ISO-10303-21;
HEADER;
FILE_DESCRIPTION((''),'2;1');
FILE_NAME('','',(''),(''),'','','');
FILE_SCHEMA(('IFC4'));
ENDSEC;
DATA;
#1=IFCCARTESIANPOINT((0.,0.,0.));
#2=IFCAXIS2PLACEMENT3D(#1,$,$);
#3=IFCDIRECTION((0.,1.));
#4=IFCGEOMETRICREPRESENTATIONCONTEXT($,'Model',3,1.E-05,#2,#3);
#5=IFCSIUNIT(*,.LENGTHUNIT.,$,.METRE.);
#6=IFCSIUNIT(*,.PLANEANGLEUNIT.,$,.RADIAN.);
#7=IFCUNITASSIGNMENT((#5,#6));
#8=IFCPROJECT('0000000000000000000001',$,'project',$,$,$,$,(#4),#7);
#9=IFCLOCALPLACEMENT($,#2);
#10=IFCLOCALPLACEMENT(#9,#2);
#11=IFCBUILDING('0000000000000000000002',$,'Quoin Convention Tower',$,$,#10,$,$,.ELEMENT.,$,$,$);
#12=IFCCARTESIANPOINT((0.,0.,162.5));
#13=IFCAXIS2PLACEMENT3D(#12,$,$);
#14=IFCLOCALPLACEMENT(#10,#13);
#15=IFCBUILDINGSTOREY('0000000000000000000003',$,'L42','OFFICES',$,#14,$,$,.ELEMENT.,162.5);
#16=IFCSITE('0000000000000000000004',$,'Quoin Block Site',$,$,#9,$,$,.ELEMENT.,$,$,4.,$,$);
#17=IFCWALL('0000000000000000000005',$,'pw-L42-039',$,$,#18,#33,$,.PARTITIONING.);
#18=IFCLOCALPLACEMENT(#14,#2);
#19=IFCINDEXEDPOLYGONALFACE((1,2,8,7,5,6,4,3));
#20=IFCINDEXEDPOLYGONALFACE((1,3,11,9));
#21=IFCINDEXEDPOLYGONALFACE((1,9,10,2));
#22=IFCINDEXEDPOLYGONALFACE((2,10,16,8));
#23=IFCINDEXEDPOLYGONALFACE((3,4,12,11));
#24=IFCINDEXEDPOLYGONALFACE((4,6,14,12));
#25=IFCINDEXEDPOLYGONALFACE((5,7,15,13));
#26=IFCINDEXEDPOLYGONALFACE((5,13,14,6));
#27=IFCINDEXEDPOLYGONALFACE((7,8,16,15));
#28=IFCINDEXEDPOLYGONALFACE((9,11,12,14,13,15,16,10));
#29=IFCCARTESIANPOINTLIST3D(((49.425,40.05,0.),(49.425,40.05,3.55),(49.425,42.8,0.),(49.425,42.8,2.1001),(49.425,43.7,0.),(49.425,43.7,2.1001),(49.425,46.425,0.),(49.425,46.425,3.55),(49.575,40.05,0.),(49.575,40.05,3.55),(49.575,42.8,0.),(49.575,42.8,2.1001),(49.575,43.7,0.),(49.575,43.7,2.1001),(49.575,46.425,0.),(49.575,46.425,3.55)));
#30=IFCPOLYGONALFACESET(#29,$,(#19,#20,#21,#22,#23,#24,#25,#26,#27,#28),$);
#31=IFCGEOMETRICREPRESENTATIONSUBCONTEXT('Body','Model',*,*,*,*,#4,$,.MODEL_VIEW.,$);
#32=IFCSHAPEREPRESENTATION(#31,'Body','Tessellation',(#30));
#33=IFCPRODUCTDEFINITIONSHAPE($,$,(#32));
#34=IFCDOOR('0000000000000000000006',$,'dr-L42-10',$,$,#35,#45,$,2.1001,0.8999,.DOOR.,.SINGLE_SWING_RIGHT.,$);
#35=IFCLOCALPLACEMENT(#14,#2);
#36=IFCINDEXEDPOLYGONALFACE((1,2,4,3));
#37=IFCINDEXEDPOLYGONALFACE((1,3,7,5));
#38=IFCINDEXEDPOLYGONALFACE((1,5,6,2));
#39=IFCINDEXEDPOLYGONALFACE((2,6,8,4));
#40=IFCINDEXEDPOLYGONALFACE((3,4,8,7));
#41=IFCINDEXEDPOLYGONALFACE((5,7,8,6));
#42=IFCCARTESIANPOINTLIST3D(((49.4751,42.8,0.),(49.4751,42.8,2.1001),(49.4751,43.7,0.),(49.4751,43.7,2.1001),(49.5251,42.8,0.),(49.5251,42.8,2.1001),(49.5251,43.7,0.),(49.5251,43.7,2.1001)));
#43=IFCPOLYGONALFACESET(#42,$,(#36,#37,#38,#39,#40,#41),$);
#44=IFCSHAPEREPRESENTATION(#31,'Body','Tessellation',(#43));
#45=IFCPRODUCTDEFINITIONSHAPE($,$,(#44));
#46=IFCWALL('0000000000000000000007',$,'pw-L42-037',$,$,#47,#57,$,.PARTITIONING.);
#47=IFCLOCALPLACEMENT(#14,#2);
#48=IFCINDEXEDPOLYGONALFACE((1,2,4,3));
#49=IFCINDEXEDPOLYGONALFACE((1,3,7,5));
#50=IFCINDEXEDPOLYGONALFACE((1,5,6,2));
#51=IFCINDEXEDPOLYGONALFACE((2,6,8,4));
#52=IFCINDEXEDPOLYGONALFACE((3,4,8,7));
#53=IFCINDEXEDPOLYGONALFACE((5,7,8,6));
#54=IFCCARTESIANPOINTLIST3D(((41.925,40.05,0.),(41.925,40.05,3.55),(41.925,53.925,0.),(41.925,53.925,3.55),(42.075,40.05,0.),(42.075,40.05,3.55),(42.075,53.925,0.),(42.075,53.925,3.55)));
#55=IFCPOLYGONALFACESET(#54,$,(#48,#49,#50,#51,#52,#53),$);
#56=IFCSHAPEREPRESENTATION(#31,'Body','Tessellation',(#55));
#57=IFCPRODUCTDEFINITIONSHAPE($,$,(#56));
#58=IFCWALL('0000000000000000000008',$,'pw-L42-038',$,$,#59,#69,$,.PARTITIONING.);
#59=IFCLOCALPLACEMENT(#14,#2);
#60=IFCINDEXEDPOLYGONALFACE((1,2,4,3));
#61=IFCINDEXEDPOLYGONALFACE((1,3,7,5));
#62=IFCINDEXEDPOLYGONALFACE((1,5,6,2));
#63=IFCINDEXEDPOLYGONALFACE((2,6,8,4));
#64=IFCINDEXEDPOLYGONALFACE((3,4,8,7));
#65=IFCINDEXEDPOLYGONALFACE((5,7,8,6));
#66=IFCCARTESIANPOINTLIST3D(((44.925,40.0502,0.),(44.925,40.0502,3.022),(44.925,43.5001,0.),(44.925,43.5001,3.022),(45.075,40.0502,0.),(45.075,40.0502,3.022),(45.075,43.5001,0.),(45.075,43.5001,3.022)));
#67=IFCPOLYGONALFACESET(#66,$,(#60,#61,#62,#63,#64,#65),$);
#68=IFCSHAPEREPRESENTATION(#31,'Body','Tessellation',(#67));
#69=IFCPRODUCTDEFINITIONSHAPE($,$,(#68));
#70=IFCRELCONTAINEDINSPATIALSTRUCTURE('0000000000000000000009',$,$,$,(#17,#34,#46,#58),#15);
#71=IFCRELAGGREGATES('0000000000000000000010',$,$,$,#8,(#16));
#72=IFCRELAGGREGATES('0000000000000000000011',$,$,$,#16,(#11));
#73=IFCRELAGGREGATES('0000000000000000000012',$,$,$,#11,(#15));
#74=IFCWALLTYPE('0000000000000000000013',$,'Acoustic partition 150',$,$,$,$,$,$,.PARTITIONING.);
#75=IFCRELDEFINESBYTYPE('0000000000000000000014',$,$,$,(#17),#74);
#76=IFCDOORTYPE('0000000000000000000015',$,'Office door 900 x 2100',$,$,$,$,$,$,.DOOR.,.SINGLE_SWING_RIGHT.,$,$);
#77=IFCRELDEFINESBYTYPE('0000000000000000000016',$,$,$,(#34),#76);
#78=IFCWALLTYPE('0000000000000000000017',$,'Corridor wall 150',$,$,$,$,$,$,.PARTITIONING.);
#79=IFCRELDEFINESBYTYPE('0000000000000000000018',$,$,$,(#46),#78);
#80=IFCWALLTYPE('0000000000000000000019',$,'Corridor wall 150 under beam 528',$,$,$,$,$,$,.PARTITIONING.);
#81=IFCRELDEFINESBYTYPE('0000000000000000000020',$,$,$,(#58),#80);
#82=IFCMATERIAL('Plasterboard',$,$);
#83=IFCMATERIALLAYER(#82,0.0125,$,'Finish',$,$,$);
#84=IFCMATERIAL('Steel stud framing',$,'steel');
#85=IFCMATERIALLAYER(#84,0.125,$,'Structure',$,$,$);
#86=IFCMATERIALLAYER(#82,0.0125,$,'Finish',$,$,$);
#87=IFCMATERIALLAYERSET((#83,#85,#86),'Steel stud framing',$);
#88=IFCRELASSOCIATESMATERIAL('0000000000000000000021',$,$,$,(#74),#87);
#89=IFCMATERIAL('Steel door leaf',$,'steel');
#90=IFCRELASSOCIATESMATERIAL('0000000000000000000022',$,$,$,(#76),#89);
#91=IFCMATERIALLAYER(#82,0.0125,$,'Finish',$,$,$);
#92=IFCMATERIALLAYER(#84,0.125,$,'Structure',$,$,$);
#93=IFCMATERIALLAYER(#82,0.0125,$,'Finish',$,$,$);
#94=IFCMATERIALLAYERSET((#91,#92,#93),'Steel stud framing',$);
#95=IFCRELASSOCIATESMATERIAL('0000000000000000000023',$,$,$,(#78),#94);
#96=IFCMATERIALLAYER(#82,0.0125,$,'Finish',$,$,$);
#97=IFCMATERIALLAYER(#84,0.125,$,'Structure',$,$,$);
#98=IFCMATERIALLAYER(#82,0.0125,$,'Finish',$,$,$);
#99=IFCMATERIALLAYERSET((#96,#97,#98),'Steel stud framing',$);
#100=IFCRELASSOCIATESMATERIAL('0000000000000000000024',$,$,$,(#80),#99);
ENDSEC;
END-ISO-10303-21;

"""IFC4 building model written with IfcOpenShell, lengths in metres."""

from ifc_helpers import new_model, si_unit, direction, frame, frame_2d, origin, place, context, subcontext, project, spatial, rectangle, extrude, material, layer, layer_set, type_object, element, fill, save


model = new_model("IFC4")

# Units and contexts
model_context = context("Model", 3, precision=1e-05, world=origin(), true_north=direction((0.0, 1.0)))
body_context = subcontext(model_context, "Body", "Model", "MODEL_VIEW")
ifc_project = project(units=[si_unit("LENGTHUNIT", "METRE"), si_unit("PLANEANGLEUNIT", "RADIAN")], contexts=[model_context])

# Site, building, storey
site_placement = place(None, origin())
site = spatial("IfcSite", under=ifc_project, at=site_placement, Name="Quoin Block Site", CompositionType="ELEMENT", RefElevation=4.0)
building_placement = place(site_placement, origin())
building = spatial("IfcBuilding", under=site, at=building_placement, Name="Quoin Convention Tower", CompositionType="ELEMENT")
storey_placement = place(building_placement, frame((0.0, 0.0, 162.5)))
storey = spatial("IfcBuildingStorey", under=building, at=storey_placement, Name="L42", Description="OFFICES", CompositionType="ELEMENT", Elevation=162.5)

# Wall, opening, door
ifc_material_1 = material(Name="Plasterboard")
ifc_layer_1 = layer(ifc_material_1, 0.0125, Name="Finish")
ifc_material_2 = material(Name="Steel stud framing", Category="steel")
ifc_layer_2 = layer(ifc_material_2, 0.125, Name="Structure")
ifc_layer_3 = layer(ifc_material_1, 0.0125, Name="Finish")
ifc_layer_set_1 = layer_set([ifc_layer_1, ifc_layer_2, ifc_layer_3], Name="Steel stud framing")
wall_type_1 = type_object("IfcWallType", Name="Acoustic partition 150", PredefinedType="PARTITIONING", material=ifc_layer_set_1)
wall_1_placement = place(storey_placement, frame((49.5, 40.05, 0.0), z_axis=(0.0, 0.0, 1.0), x_axis=(0.0, 1.0, 0.0)))
wall_1 = element("IfcWall", 1, at=wall_1_placement, inside=storey, type_object=wall_type_1, Name="pw-L42-039", PredefinedType="PARTITIONING", context=body_context, shape_type="SweptSolid", body=[
    extrude(rectangle(XDim=6.375, YDim=0.1499, at=frame_2d((3.1875, 0.0))), origin(), (0.0, 0.0, 1.0), 3.55),
])
opening_placement = place(wall_1_placement, frame((2.75, 0.0, 0.0)))
opening = element("IfcOpeningElement", 2, at=opening_placement, cuts=wall_1, PredefinedType="OPENING", context=body_context, shape_type="SweptSolid", body=[
    extrude(rectangle(XDim=0.8999, YDim=2.1001, at=frame_2d((0.45, 1.05))), frame((0.0, 0.085, 0.0), z_axis=(0.0, -1.0, 0.0), x_axis=(1.0, 0.0, 0.0)), (0.0, 0.0, 1.0), 0.1699),
])
ifc_material_3 = material(Name="Steel door leaf", Category="steel")
door_type = type_object("IfcDoorType", Name="Office door 900 x 2100", OperationType="SINGLE_SWING_RIGHT", PredefinedType="DOOR", material=ifc_material_3)
door_placement = place(opening_placement, origin())
door = element("IfcDoor", 3, at=door_placement, inside=storey, type_object=door_type, Name="dr-L42-10", OperationType="SINGLE_SWING_RIGHT", OverallHeight=2.1001, OverallWidth=0.8999, PredefinedType="DOOR", context=body_context, shape_type="SweptSolid", body=[
    extrude(rectangle(XDim=0.8999, YDim=2.1001, at=frame_2d((0.45, 1.05))), frame((0.0, 0.0249, 0.0), z_axis=(0.0, -1.0, 0.0), x_axis=(1.0, 0.0, 0.0)), (0.0, 0.0, 1.0), 0.05),
])
fill(opening, door)

# Walls
ifc_layer_4 = layer(ifc_material_1, 0.0125, Name="Finish")
ifc_layer_5 = layer(ifc_material_2, 0.125, Name="Structure")
ifc_layer_6 = layer(ifc_material_1, 0.0125, Name="Finish")
ifc_layer_set_2 = layer_set([ifc_layer_4, ifc_layer_5, ifc_layer_6], Name="Steel stud framing")
wall_type_2 = type_object("IfcWallType", Name="Corridor wall 150", PredefinedType="PARTITIONING", material=ifc_layer_set_2)
wall_2_placement = place(storey_placement, frame((42.0, 40.05, 0.0), z_axis=(0.0, 0.0, 1.0), x_axis=(0.0, 1.0, 0.0)))
element("IfcWall", 4, at=wall_2_placement, inside=storey, type_object=wall_type_2, Name="pw-L42-037", PredefinedType="PARTITIONING", context=body_context, shape_type="SweptSolid", body=[
    extrude(rectangle(XDim=13.875, YDim=0.1499, at=frame_2d((6.9375, 0.0))), origin(), (0.0, 0.0, 1.0), 3.55),
])
ifc_layer_7 = layer(ifc_material_1, 0.0125, Name="Finish")
ifc_layer_8 = layer(ifc_material_2, 0.125, Name="Structure")
ifc_layer_9 = layer(ifc_material_1, 0.0125, Name="Finish")
ifc_layer_set_3 = layer_set([ifc_layer_7, ifc_layer_8, ifc_layer_9], Name="Steel stud framing")
wall_type_3 = type_object("IfcWallType", Name="Corridor wall 150 under beam 528", PredefinedType="PARTITIONING", material=ifc_layer_set_3)
wall_3_placement = place(storey_placement, frame((45.0, 40.05, 0.0), z_axis=(0.0, 0.0, 1.0), x_axis=(0.0, 1.0, 0.0)))
element("IfcWall", 5, at=wall_3_placement, inside=storey, type_object=wall_type_3, Name="pw-L42-038", PredefinedType="PARTITIONING", context=body_context, shape_type="SweptSolid", body=[
    extrude(rectangle(XDim=3.45, YDim=0.1499, at=frame_2d((1.7251, 0.0))), origin(), (0.0, 0.0, 1.0), 3.022),
])

save(model, "model.ifc")
